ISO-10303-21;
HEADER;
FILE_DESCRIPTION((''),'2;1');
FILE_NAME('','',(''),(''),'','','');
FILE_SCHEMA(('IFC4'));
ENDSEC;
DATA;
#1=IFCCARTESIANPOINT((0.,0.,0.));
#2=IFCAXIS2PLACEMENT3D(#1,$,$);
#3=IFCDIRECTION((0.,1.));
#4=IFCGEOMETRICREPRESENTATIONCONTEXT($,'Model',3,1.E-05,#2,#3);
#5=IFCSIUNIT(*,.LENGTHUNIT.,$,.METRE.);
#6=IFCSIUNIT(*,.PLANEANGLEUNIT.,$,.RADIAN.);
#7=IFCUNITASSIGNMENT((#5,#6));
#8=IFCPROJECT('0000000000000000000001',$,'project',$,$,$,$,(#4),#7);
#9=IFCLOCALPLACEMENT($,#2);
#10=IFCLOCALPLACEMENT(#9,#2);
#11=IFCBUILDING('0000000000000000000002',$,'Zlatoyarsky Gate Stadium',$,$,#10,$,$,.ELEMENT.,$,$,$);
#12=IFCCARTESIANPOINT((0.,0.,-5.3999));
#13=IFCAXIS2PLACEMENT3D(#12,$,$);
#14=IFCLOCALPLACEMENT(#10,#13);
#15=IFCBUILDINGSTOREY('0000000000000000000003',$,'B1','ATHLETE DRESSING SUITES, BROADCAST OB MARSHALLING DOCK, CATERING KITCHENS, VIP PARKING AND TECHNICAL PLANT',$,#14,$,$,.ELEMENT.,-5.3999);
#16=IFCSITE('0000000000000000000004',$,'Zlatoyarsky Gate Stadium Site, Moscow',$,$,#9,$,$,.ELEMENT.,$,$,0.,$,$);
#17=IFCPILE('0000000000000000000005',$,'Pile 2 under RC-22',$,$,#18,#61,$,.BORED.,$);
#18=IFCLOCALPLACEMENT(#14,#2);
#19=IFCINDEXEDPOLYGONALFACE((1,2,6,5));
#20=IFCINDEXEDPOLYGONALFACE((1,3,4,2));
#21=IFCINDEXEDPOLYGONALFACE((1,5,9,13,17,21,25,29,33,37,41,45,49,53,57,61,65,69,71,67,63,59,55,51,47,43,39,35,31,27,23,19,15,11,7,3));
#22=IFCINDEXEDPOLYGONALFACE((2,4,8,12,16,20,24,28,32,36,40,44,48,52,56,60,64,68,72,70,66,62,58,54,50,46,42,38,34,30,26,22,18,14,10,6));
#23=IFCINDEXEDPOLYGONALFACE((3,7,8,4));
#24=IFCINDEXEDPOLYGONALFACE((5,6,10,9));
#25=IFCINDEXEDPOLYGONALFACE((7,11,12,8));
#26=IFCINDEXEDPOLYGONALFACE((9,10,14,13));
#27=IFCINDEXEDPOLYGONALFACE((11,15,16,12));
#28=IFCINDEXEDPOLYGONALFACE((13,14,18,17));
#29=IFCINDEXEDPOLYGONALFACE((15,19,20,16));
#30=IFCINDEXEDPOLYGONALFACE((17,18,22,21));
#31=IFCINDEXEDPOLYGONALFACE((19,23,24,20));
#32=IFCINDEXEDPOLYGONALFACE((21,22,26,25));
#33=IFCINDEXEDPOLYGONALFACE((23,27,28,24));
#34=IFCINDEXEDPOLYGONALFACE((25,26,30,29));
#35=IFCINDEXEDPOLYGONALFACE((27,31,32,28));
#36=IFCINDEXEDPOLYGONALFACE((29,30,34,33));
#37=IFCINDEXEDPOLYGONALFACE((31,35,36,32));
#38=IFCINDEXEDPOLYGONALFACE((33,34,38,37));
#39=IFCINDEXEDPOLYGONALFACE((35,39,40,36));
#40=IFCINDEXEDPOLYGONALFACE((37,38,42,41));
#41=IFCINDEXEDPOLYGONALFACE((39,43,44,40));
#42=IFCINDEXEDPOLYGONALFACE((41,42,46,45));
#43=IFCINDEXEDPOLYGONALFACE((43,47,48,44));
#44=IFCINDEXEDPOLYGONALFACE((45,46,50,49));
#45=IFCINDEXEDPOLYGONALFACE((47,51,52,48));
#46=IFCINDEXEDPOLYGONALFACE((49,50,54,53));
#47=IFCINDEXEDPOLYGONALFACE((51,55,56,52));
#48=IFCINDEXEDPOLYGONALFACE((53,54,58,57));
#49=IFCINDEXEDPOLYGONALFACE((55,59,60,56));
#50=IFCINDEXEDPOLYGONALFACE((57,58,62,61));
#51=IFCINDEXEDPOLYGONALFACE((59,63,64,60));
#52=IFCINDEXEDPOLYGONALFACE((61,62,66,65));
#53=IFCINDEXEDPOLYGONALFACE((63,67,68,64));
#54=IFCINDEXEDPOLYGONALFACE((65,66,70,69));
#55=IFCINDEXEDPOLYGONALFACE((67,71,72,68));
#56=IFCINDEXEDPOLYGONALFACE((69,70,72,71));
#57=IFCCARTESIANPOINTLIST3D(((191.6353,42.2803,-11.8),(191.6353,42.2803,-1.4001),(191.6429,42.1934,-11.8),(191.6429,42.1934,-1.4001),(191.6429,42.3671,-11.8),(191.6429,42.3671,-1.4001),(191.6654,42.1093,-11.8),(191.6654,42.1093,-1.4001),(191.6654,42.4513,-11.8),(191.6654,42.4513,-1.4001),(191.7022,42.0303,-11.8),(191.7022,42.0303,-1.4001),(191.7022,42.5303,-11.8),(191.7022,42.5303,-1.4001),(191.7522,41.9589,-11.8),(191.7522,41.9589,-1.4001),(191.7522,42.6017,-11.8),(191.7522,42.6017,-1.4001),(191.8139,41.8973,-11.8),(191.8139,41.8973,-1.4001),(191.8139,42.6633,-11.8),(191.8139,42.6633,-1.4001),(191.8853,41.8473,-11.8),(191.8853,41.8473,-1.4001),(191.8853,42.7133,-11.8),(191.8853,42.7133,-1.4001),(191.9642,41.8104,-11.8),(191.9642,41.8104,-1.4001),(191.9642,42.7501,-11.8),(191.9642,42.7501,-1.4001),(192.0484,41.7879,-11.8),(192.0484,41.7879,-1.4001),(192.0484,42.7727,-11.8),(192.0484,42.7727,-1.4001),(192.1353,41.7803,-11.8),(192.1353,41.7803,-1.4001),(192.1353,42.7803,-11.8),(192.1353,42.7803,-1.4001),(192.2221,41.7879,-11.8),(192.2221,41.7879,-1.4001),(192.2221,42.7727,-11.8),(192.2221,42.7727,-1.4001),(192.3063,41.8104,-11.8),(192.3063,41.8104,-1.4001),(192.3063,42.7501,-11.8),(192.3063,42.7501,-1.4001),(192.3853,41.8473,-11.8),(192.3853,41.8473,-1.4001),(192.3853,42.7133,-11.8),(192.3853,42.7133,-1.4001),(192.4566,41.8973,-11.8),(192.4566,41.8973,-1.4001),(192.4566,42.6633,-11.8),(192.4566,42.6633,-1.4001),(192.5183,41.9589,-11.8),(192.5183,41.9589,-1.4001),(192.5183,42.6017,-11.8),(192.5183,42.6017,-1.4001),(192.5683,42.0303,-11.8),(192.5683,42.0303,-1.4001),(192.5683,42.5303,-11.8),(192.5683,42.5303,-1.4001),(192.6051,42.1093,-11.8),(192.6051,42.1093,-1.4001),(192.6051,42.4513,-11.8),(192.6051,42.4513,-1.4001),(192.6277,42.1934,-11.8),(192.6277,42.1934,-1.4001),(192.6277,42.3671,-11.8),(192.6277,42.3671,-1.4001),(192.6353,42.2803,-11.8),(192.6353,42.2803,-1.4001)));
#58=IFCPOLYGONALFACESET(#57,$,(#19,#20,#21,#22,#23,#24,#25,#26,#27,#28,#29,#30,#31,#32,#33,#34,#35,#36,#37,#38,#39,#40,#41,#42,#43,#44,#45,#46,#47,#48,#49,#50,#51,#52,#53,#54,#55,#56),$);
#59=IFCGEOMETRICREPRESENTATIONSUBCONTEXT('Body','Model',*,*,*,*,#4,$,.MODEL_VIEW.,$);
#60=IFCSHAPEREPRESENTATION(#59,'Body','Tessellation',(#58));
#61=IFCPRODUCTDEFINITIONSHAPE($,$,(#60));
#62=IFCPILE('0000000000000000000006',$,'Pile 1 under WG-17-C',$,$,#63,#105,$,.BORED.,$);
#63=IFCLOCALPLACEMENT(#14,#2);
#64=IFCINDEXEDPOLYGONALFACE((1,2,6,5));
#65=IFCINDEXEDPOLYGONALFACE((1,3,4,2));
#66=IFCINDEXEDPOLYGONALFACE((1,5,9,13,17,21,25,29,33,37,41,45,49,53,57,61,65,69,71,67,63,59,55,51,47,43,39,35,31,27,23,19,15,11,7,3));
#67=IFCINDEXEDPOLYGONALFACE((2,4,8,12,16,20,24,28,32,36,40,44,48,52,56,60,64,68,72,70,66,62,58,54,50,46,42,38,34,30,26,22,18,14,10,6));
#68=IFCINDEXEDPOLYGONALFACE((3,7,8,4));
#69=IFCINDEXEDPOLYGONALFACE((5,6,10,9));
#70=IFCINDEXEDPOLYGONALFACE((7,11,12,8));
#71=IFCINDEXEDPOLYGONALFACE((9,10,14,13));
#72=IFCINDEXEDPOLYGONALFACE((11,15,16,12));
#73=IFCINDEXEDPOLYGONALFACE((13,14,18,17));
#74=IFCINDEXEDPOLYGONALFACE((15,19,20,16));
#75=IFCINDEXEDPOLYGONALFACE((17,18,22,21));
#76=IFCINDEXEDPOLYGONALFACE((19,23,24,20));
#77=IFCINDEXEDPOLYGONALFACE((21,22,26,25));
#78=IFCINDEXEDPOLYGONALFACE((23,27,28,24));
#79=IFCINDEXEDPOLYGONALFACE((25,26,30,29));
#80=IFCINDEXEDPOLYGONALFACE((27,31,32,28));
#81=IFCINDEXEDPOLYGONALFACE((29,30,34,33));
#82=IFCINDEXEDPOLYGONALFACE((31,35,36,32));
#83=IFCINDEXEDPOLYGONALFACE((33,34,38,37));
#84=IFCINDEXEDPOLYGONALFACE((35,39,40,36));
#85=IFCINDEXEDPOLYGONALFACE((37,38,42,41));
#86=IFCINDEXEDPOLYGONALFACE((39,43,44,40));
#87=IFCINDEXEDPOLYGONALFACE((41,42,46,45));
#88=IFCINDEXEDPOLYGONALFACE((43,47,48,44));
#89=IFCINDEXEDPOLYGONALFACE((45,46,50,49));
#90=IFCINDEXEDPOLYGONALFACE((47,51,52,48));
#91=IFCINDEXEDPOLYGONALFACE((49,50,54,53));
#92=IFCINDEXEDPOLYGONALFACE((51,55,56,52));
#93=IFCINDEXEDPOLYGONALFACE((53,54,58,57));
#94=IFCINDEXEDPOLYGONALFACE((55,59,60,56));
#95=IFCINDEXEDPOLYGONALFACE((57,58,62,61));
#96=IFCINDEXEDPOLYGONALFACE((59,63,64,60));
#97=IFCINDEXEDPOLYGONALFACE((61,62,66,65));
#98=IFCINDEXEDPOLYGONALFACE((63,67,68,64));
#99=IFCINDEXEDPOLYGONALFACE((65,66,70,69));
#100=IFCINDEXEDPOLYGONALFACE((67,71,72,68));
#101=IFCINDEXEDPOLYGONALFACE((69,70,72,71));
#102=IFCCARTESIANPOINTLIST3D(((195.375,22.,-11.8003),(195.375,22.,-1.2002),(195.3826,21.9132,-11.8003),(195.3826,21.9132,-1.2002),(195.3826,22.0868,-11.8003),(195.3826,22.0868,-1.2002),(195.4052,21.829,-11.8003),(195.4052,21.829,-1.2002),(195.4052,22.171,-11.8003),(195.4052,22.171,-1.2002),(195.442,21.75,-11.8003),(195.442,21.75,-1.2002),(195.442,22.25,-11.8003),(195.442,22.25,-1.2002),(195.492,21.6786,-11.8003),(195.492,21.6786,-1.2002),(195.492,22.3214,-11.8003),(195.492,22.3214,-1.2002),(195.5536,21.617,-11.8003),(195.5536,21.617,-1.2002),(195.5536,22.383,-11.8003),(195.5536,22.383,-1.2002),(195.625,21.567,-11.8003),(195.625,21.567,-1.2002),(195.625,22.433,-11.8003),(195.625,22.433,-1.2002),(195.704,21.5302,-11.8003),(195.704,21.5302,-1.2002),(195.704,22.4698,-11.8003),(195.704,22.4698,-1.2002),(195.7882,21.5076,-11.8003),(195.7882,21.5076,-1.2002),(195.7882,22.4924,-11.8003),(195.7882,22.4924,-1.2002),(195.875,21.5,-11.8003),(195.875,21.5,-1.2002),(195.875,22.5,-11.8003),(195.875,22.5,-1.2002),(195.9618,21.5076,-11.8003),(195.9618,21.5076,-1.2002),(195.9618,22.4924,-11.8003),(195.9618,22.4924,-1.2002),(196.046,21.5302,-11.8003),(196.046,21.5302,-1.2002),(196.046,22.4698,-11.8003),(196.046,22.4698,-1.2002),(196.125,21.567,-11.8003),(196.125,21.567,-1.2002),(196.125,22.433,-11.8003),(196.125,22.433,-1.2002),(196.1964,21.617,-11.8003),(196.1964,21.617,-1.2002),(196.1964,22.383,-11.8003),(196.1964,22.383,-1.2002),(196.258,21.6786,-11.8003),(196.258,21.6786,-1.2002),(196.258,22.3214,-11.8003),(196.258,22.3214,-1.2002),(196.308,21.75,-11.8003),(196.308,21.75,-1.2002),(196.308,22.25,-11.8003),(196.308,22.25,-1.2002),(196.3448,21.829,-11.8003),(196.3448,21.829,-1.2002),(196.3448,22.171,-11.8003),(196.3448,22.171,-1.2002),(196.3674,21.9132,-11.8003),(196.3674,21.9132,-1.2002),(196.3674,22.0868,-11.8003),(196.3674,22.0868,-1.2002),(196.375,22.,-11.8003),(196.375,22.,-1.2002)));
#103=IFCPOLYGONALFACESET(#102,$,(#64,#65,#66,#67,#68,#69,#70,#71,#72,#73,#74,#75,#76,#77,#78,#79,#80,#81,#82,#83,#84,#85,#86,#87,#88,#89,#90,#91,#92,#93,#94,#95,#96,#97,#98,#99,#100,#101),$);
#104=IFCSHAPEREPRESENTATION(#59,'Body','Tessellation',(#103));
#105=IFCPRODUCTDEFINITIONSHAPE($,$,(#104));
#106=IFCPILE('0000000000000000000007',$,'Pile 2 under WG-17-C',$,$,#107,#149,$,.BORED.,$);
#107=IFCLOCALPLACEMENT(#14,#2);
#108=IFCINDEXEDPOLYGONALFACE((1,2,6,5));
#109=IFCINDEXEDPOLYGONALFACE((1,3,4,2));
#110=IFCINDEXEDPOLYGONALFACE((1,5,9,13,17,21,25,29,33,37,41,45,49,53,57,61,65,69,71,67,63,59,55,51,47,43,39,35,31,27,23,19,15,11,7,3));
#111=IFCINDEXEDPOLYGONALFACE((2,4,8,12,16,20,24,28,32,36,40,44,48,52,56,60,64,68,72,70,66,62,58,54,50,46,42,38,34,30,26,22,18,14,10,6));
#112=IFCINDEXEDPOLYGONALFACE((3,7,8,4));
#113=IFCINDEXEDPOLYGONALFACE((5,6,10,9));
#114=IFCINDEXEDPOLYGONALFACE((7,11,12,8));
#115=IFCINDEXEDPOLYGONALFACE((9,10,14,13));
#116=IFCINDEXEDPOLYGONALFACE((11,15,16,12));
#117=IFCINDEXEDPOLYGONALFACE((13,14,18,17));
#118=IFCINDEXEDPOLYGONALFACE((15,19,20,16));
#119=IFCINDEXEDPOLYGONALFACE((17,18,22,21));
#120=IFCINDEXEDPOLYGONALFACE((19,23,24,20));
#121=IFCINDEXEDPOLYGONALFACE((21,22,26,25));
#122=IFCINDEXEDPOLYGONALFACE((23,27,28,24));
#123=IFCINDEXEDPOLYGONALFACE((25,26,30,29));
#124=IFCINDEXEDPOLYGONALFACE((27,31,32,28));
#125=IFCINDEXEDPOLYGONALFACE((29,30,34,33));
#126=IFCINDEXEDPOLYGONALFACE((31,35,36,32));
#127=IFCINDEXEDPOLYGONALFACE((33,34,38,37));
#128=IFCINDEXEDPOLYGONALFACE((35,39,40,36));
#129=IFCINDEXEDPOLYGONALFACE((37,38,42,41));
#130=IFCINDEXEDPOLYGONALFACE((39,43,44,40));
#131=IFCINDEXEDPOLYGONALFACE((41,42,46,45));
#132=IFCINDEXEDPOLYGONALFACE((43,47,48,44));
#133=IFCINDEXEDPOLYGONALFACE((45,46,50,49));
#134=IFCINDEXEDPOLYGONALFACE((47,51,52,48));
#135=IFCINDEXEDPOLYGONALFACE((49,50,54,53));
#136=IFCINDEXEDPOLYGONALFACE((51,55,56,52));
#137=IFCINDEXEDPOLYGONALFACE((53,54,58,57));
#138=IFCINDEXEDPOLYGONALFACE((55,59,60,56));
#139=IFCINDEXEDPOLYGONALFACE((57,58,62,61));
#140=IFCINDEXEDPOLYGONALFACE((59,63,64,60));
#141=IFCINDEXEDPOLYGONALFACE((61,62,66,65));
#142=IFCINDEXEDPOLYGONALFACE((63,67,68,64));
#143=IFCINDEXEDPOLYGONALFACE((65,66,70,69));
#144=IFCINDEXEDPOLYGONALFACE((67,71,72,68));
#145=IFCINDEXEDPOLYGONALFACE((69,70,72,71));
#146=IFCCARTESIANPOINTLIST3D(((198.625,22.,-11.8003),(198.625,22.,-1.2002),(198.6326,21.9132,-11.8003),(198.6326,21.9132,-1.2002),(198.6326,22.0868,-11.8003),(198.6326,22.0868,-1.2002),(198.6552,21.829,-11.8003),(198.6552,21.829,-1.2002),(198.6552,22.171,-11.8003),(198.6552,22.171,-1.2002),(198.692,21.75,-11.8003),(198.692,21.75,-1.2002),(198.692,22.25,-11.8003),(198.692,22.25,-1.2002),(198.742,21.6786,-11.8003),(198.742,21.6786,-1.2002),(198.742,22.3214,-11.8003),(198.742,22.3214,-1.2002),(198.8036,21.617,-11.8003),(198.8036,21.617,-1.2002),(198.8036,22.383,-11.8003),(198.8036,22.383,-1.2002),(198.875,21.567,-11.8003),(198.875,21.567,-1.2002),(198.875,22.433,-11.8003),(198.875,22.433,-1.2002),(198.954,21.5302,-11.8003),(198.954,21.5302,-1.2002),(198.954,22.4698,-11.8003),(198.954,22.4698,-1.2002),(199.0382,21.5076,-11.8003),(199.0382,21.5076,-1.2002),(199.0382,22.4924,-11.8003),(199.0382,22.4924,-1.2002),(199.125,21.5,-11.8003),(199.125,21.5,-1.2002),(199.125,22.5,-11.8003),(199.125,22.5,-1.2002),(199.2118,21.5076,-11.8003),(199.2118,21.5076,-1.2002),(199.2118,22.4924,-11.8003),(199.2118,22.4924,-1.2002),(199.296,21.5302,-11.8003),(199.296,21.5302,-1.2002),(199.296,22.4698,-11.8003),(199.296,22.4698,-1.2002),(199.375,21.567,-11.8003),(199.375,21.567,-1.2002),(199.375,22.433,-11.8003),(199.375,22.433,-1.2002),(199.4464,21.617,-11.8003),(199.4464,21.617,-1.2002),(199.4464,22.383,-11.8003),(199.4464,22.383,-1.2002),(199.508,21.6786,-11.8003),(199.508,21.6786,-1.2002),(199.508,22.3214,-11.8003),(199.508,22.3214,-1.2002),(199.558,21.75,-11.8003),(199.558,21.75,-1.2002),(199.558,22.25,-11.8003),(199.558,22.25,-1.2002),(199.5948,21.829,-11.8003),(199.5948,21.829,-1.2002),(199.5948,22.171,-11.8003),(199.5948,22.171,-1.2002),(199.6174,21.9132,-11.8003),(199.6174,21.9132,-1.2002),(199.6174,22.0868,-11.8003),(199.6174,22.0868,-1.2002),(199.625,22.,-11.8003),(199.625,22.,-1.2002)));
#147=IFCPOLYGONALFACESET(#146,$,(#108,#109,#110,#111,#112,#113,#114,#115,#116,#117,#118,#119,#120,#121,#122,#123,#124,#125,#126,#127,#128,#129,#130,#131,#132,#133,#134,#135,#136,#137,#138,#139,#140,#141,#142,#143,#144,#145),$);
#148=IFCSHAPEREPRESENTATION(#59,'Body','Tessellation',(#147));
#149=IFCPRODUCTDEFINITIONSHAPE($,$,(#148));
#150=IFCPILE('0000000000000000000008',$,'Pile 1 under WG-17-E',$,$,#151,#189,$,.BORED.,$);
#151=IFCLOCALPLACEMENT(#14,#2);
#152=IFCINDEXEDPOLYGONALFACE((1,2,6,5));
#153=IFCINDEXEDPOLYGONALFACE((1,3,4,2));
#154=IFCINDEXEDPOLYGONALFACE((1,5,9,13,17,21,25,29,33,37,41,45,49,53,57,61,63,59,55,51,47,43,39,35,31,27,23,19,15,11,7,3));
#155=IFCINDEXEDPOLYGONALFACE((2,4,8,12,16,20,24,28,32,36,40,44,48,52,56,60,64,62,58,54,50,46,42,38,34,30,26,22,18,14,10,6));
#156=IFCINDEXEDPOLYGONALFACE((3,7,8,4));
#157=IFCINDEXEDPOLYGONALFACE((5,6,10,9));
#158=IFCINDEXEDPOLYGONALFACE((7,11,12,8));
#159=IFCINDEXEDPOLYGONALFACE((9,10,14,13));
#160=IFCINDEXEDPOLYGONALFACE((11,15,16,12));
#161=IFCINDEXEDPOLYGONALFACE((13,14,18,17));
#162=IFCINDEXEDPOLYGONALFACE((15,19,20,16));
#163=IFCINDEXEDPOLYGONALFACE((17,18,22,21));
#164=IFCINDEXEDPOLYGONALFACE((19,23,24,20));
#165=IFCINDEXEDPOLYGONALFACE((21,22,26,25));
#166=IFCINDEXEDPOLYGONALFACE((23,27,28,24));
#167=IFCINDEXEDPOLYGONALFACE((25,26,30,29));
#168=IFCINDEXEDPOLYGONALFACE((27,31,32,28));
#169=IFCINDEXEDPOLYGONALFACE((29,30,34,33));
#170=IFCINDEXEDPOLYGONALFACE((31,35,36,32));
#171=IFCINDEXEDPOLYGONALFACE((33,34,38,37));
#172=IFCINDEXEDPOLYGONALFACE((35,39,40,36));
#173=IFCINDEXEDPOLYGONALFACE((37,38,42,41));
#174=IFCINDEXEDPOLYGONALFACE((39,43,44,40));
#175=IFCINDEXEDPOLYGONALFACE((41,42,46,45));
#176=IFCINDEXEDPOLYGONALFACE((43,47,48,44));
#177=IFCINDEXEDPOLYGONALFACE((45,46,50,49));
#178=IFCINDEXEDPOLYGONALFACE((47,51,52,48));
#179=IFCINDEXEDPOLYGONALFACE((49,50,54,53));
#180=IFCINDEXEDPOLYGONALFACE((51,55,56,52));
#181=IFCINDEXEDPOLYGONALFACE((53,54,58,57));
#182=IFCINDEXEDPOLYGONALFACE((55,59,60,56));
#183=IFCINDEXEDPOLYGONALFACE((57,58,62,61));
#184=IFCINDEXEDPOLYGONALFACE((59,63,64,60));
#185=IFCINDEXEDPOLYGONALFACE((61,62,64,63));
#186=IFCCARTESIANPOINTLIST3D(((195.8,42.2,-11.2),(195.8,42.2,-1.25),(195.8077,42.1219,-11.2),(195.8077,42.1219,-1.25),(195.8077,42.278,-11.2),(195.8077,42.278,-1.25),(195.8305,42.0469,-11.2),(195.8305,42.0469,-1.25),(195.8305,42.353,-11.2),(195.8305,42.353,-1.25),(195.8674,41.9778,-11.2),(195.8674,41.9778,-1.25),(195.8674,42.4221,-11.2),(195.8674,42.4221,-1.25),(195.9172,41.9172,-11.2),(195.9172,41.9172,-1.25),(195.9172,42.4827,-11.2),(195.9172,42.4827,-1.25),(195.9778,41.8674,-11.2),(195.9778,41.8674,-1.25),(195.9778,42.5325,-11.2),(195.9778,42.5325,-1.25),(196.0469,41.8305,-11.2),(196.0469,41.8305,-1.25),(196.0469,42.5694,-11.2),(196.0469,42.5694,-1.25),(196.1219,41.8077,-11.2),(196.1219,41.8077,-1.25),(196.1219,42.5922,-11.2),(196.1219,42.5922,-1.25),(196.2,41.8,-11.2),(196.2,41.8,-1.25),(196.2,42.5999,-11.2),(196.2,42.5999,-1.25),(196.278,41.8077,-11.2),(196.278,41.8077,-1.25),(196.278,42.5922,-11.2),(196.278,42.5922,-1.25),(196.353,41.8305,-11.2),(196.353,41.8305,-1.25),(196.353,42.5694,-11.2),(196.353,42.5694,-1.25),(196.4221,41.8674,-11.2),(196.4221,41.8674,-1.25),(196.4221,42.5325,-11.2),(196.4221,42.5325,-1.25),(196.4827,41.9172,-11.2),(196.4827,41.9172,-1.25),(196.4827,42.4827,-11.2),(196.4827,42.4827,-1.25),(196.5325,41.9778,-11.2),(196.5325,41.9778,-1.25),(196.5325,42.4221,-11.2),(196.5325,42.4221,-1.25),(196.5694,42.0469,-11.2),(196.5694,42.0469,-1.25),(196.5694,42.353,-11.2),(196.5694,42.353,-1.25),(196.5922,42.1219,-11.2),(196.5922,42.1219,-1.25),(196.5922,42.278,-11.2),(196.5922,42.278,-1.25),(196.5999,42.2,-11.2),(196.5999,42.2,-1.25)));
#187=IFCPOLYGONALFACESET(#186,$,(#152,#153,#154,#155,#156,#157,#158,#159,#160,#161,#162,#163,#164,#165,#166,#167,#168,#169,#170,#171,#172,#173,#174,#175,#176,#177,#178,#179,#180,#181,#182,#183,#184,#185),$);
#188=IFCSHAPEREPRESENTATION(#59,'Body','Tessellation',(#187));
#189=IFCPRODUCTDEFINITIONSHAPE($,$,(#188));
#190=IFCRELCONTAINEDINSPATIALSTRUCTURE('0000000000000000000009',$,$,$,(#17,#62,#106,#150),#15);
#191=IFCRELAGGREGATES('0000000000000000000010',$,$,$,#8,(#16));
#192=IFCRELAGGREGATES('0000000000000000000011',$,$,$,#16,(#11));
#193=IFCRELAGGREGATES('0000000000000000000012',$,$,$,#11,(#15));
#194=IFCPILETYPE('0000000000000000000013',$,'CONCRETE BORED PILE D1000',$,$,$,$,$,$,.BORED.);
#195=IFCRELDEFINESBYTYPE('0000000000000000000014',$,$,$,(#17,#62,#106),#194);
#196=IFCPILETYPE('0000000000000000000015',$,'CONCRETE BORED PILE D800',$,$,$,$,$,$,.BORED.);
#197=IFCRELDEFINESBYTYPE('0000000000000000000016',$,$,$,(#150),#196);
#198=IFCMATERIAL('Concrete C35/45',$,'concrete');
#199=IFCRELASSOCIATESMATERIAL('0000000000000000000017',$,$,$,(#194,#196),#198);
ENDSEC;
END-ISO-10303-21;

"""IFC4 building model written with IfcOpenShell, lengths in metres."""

from ifc_helpers import new_model, si_unit, direction, frame, origin, origin_2d, place, context, subcontext, project, spatial, circle, extrude, material, material_profile, profile_set, type_object, element, save


model = new_model("IFC4")

# Units and contexts
model_context = context("Model", 3, precision=1e-05, world=origin(), true_north=direction((0.0, 1.0)))
body_context = subcontext(model_context, "Body", "Model", "MODEL_VIEW")
ifc_project = project(units=[si_unit("LENGTHUNIT", "METRE"), si_unit("PLANEANGLEUNIT", "RADIAN")], contexts=[model_context])

# Site, building, storey
site_placement = place(None, origin())
site = spatial("IfcSite", under=ifc_project, at=site_placement, Name="Zlatoyarsky Gate Stadium Site, Moscow", CompositionType="ELEMENT", RefElevation=0.0)
building_placement = place(site_placement, origin())
building = spatial("IfcBuilding", under=site, at=building_placement, Name="Zlatoyarsky Gate Stadium", CompositionType="ELEMENT")
storey_placement = place(building_placement, frame((0.0, 0.0, -5.3999)))
storey = spatial("IfcBuildingStorey", under=building, at=storey_placement, Name="B1", Description="ATHLETE DRESSING SUITES, BROADCAST OB MARSHALLING DOCK, CATERING KITCHENS, VIP PARKING AND TECHNICAL PLANT", CompositionType="ELEMENT", Elevation=-5.3999)

# Piles
ifc_material_1 = material(Name="Concrete C35/45", Category="concrete")
ifc_material_profile_1 = material_profile(ifc_material_1, circle(Radius=0.5, at=origin_2d()), Name="BORED PILE D1000")
ifc_profile_set_1 = profile_set([ifc_material_profile_1], Name="Concrete C35/45")
pile_type_1 = type_object("IfcPileType", Name="CONCRETE BORED PILE D1000", PredefinedType="BORED", material=ifc_profile_set_1)
pile_placement = place(storey_placement, frame((192.1353, 42.2803, -1.4001), z_axis=(0.0, 0.0, -1.0), x_axis=(1.0, 0.0, 0.0)))
element("IfcPile", 1, at=pile_placement, inside=storey, type_object=pile_type_1, Name="Pile 2 under RC-22", PredefinedType="BORED", context=body_context, shape_type="SweptSolid", body=[
    extrude(circle(Radius=0.5, at=origin_2d()), origin(), (0.0, 0.0, 1.0), 10.3999),
])
for number, where, z_axis, x_axis, name in (
    (2, (195.875, 22.0, -1.2002), (0.0, 0.0, -1.0), (1.0, 0.0, 0.0), "Pile 1 under WG-17-C"),
    (3, (199.125, 22.0, -1.2002), (0.0, 0.0, -1.0), (1.0, 0.0, 0.0), "Pile 2 under WG-17-C"),
):
    element("IfcPile", number, at=place(storey_placement, frame(where, z_axis=z_axis, x_axis=x_axis)), inside=storey, type_object=pile_type_1, Name=name, PredefinedType="BORED", context=body_context, shape_type="SweptSolid", body=[
        extrude(circle(Radius=0.5, at=origin_2d()), origin(), (0.0, 0.0, 1.0), 10.6001),
    ])
ifc_material_profile_2 = material_profile(ifc_material_1, circle(Radius=0.3999, at=origin_2d()), Name="BORED PILE D800")
ifc_profile_set_2 = profile_set([ifc_material_profile_2], Name="Concrete C35/45")
pile_type_2 = type_object("IfcPileType", Name="CONCRETE BORED PILE D800", PredefinedType="BORED", material=ifc_profile_set_2)
for number, where, z_axis, x_axis, name in (
    (4, (196.2, 42.2, -1.25), (0.0, 0.0, -1.0), (1.0, 0.0, 0.0), "Pile 1 under WG-17-E"),
):
    element("IfcPile", number, at=place(storey_placement, frame(where, z_axis=z_axis, x_axis=x_axis)), inside=storey, type_object=pile_type_2, Name=name, PredefinedType="BORED", context=body_context, shape_type="SweptSolid", body=[
        extrude(circle(Radius=0.3999, at=origin_2d()), origin(), (0.0, 0.0, 1.0), 9.95),
    ])

save(model, "model.ifc")
